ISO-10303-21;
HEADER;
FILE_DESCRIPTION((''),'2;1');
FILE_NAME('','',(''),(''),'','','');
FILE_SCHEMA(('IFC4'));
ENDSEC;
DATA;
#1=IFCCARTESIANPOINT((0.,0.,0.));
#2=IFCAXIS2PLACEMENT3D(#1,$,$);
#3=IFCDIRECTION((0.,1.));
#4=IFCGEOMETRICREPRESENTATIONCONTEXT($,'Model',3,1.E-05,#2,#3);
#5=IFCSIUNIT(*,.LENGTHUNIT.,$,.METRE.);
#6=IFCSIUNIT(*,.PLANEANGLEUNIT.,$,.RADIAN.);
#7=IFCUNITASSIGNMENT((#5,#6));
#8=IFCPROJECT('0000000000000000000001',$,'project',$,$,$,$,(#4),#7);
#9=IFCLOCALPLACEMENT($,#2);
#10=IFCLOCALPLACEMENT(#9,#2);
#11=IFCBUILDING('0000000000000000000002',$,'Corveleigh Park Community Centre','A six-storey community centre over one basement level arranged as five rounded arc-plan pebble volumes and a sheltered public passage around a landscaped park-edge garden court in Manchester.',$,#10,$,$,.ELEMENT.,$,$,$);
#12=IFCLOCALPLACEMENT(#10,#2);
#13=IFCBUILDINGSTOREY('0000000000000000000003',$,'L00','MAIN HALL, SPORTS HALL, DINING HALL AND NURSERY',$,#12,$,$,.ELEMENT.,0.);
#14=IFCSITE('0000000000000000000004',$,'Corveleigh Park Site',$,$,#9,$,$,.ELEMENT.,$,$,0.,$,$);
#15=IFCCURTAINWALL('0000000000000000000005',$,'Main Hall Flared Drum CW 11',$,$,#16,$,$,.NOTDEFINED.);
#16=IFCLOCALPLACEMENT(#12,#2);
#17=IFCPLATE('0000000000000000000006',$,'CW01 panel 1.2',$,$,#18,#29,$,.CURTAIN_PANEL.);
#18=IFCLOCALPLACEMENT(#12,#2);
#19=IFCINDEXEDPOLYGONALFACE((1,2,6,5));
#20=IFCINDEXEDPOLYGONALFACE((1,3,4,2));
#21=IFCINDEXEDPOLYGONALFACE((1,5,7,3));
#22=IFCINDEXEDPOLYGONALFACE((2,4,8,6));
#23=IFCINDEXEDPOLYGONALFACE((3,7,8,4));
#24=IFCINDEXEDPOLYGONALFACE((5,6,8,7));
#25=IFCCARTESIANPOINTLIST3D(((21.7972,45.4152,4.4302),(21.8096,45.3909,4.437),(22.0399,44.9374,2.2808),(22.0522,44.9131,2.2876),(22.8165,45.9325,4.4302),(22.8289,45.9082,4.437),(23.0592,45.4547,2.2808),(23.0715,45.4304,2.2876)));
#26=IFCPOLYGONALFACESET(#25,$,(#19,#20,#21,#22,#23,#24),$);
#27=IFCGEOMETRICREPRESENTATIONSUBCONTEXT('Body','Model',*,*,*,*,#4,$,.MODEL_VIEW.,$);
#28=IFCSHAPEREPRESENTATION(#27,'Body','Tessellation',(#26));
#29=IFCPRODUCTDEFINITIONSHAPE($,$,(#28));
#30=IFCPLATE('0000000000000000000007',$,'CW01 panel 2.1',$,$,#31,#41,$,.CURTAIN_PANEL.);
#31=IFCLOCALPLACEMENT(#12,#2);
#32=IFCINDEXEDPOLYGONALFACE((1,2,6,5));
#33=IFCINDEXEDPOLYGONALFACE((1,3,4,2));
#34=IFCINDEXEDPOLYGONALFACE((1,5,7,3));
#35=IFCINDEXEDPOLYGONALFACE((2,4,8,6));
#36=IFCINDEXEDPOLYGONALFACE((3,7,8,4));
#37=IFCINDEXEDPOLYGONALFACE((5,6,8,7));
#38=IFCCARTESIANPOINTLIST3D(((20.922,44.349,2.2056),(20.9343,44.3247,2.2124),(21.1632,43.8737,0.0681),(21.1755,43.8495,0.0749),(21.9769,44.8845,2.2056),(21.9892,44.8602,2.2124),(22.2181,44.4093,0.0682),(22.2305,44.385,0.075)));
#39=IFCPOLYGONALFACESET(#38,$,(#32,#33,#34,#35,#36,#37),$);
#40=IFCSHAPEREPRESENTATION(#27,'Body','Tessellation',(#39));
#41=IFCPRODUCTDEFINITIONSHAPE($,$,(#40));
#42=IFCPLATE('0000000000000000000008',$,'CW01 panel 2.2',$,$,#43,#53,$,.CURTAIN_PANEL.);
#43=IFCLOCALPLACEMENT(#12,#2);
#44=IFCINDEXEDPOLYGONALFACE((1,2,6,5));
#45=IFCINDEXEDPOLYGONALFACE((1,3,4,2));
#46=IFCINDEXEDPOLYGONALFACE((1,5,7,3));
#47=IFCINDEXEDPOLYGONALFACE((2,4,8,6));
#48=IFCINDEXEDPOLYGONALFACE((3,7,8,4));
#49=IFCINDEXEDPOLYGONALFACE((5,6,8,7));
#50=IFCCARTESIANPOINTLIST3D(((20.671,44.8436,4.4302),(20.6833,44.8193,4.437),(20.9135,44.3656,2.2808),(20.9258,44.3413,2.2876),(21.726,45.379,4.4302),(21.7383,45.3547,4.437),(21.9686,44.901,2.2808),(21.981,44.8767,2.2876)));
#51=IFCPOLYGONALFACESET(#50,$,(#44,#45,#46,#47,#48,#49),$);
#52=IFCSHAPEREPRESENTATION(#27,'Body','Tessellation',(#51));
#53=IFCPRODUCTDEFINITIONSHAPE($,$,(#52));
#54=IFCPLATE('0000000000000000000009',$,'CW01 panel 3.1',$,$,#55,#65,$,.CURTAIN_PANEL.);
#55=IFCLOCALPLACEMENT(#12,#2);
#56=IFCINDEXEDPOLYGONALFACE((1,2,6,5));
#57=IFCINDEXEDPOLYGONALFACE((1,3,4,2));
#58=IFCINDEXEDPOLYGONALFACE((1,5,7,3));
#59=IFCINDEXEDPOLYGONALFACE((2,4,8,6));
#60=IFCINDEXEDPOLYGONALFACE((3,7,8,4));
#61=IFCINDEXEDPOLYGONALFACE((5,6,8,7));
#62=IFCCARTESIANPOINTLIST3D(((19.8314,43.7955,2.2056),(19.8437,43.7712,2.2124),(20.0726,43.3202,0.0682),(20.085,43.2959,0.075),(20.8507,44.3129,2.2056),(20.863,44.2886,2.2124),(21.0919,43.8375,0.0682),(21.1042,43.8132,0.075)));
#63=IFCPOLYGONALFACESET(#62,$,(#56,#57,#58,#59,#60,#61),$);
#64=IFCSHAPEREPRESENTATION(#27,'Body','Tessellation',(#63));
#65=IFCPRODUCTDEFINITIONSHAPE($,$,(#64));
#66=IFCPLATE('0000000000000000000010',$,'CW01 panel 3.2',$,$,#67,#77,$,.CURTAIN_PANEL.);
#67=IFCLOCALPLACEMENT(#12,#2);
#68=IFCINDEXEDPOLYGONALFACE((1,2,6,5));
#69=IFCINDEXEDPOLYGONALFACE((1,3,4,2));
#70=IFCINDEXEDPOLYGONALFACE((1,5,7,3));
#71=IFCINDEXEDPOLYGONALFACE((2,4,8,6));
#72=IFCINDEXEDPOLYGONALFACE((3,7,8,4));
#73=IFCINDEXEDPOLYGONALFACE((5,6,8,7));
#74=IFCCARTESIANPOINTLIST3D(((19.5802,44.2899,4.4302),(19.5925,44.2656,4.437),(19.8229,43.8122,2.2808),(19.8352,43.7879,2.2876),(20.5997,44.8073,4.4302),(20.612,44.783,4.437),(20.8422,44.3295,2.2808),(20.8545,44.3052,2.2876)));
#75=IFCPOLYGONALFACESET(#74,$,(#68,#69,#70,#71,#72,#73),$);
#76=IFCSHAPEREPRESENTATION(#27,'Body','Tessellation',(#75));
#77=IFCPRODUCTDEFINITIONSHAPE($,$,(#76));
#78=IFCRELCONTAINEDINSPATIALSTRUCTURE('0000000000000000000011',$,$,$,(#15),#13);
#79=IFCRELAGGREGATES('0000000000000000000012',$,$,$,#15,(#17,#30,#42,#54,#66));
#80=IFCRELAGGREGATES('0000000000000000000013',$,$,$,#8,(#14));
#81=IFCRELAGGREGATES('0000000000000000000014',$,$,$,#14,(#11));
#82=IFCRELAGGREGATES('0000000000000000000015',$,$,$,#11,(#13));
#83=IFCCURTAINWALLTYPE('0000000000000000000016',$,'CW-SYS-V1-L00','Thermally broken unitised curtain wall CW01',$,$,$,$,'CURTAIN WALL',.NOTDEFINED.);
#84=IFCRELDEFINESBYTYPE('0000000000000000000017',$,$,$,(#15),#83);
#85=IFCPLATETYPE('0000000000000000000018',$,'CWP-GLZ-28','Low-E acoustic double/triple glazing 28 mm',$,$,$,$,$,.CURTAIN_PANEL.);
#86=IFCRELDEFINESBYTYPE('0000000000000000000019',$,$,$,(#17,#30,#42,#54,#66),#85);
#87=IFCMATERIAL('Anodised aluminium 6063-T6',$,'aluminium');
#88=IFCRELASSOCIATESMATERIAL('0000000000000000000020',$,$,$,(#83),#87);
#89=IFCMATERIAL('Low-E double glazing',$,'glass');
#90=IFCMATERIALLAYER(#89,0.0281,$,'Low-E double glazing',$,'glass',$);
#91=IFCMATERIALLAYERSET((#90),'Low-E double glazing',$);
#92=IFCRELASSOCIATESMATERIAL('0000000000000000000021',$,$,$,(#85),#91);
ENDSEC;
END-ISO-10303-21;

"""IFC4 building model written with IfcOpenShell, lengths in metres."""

from ifc_helpers import new_model, si_unit, direction, frame, origin, place, context, subcontext, project, spatial, polyline, outline, extrude, material, layer, layer_set, type_object, element, aggregate, save


model = new_model("IFC4")

# Units and contexts
model_context = context("Model", 3, precision=1e-05, world=origin(), true_north=direction((0.0, 1.0)))
body_context = subcontext(model_context, "Body", "Model", "MODEL_VIEW")
ifc_project = project(units=[si_unit("LENGTHUNIT", "METRE"), si_unit("PLANEANGLEUNIT", "RADIAN")], contexts=[model_context])

# Site, building, storey
site_placement = place(None, origin())
site = spatial("IfcSite", under=ifc_project, at=site_placement, Name="Corveleigh Park Site", CompositionType="ELEMENT", RefElevation=0.0)
building_placement = place(site_placement, origin())
building = spatial("IfcBuilding", under=site, at=building_placement, Name="Corveleigh Park Community Centre", Description="A six-storey community centre over one basement level arranged as five rounded arc-plan pebble volumes and a sheltered public passage around a landscaped park-edge garden court in Manchester.", CompositionType="ELEMENT")
storey_placement = place(building_placement, origin())
storey = spatial("IfcBuildingStorey", under=building, at=storey_placement, Name="L00", Description="MAIN HALL, SPORTS HALL, DINING HALL AND NURSERY", CompositionType="ELEMENT", Elevation=0.0)

# Curtain wall
ifc_material_1 = material(Name="Anodised aluminium 6063-T6", Category="aluminium")
curtain_wall_type = type_object("IfcCurtainWallType", Name="CW-SYS-V1-L00", Description="Thermally broken unitised curtain wall CW01", ElementType="CURTAIN WALL", PredefinedType="NOTDEFINED", material=ifc_material_1)
curtain_wall_1_placement = place(storey_placement, origin())
curtain_wall_1 = element("IfcCurtainWall", 1, at=curtain_wall_1_placement, inside=storey, type_object=curtain_wall_type, Name="Main Hall Flared Drum CW 11", PredefinedType="NOTDEFINED")

# Plates
ifc_material_2 = material(Name="Low-E double glazing", Category="glass")
ifc_layer = layer(ifc_material_2, 0.0281, Name="Low-E double glazing", Category="glass")
ifc_layer_set = layer_set([ifc_layer], Name="Low-E double glazing")
plate_type = type_object("IfcPlateType", Name="CWP-GLZ-28", Description="Low-E acoustic double/triple glazing 28 mm", PredefinedType="CURTAIN_PANEL", material=ifc_layer_set)
plate_1_placement = place(storey_placement, frame((23.0715, 45.4304, 2.2876), z_axis=(0.439145, -0.865235, 0.24191), x_axis=(-0.89172, -0.452588, 0.0)))
plate_1 = element("IfcPlate", 2, at=plate_1_placement, type_object=plate_type, Name="CW01 panel 1.2", PredefinedType="CURTAIN_PANEL", context=body_context, shape_type="SweptSolid", body=[
    extrude(outline(polyline([(0.0, 0.0), (1.1431, 0.0), (1.1432, -2.2152), (0.0002, -2.2152), (0.0, 0.0)])), origin(), (0.0, 0.0, -1.0), 0.0281),
])
plate_2_placement = place(storey_placement, frame((22.2305, 44.385, 0.075), z_axis=(0.439207, -0.865199, 0.241924), x_axis=(-0.891684, -0.452658, -0.000022)))
plate_2 = element("IfcPlate", 3, at=plate_2_placement, type_object=plate_type, Name="CW01 panel 2.1", PredefinedType="CURTAIN_PANEL", context=body_context, shape_type="SweptSolid", body=[
    extrude(outline(polyline([(0.0, 0.0), (1.1831, 0.0), (1.183, -2.2029), (0.0, -2.2029), (0.0, 0.0)])), origin(), (0.0, 0.0, -1.0), 0.0281),
])
plate_3_placement = place(storey_placement, frame((21.981, 44.8767, 2.2876), z_axis=(0.439081, -0.865248, 0.241979), x_axis=(-0.891751, -0.452527, 0.000011)))
plate_3 = element("IfcPlate", 4, at=plate_3_placement, type_object=plate_type, Name="CW01 panel 2.2", PredefinedType="CURTAIN_PANEL", context=body_context, shape_type="SweptSolid", body=[
    extrude(outline(polyline([(0.0, 0.0), (1.1832, 0.0), (1.1831, -2.2152), (0.0001, -2.2153), (0.0, 0.0)])), origin(), (0.0, 0.0, -1.0), 0.0281),
])
plate_4_placement = place(storey_placement, frame((21.1042, 43.8132, 0.075), z_axis=(0.439139, -0.865221, 0.241971), x_axis=(-0.89172, -0.452588, 0.0)))
plate_4 = element("IfcPlate", 5, at=plate_4_placement, type_object=plate_type, Name="CW01 panel 3.1", PredefinedType="CURTAIN_PANEL", context=body_context, shape_type="SweptSolid", body=[
    extrude(outline(polyline([(0.0, 0.0), (1.1431, 0.0), (1.143, -2.2029), (0.0, -2.2029), (0.0, 0.0)])), origin(), (0.0, 0.0, -1.0), 0.0281),
])
plate_5_placement = place(storey_placement, frame((20.8545, 44.3052, 2.2876), z_axis=(0.439106, -0.865261, 0.241886), x_axis=(-0.89174, -0.452547, -0.000011)))
plate_5 = element("IfcPlate", 6, at=plate_5_placement, type_object=plate_type, Name="CW01 panel 3.2", PredefinedType="CURTAIN_PANEL", context=body_context, shape_type="SweptSolid", body=[
    extrude(outline(polyline([(0.0, 0.0), (1.1431, 0.0), (1.1432, -2.2152), (-0.0001, -2.2152), (0.0, 0.0)])), origin(), (0.0, 0.0, -1.0), 0.0281),
])
aggregate(curtain_wall_1, [plate_1, plate_2, plate_3, plate_4, plate_5])

save(model, "model.ifc")
